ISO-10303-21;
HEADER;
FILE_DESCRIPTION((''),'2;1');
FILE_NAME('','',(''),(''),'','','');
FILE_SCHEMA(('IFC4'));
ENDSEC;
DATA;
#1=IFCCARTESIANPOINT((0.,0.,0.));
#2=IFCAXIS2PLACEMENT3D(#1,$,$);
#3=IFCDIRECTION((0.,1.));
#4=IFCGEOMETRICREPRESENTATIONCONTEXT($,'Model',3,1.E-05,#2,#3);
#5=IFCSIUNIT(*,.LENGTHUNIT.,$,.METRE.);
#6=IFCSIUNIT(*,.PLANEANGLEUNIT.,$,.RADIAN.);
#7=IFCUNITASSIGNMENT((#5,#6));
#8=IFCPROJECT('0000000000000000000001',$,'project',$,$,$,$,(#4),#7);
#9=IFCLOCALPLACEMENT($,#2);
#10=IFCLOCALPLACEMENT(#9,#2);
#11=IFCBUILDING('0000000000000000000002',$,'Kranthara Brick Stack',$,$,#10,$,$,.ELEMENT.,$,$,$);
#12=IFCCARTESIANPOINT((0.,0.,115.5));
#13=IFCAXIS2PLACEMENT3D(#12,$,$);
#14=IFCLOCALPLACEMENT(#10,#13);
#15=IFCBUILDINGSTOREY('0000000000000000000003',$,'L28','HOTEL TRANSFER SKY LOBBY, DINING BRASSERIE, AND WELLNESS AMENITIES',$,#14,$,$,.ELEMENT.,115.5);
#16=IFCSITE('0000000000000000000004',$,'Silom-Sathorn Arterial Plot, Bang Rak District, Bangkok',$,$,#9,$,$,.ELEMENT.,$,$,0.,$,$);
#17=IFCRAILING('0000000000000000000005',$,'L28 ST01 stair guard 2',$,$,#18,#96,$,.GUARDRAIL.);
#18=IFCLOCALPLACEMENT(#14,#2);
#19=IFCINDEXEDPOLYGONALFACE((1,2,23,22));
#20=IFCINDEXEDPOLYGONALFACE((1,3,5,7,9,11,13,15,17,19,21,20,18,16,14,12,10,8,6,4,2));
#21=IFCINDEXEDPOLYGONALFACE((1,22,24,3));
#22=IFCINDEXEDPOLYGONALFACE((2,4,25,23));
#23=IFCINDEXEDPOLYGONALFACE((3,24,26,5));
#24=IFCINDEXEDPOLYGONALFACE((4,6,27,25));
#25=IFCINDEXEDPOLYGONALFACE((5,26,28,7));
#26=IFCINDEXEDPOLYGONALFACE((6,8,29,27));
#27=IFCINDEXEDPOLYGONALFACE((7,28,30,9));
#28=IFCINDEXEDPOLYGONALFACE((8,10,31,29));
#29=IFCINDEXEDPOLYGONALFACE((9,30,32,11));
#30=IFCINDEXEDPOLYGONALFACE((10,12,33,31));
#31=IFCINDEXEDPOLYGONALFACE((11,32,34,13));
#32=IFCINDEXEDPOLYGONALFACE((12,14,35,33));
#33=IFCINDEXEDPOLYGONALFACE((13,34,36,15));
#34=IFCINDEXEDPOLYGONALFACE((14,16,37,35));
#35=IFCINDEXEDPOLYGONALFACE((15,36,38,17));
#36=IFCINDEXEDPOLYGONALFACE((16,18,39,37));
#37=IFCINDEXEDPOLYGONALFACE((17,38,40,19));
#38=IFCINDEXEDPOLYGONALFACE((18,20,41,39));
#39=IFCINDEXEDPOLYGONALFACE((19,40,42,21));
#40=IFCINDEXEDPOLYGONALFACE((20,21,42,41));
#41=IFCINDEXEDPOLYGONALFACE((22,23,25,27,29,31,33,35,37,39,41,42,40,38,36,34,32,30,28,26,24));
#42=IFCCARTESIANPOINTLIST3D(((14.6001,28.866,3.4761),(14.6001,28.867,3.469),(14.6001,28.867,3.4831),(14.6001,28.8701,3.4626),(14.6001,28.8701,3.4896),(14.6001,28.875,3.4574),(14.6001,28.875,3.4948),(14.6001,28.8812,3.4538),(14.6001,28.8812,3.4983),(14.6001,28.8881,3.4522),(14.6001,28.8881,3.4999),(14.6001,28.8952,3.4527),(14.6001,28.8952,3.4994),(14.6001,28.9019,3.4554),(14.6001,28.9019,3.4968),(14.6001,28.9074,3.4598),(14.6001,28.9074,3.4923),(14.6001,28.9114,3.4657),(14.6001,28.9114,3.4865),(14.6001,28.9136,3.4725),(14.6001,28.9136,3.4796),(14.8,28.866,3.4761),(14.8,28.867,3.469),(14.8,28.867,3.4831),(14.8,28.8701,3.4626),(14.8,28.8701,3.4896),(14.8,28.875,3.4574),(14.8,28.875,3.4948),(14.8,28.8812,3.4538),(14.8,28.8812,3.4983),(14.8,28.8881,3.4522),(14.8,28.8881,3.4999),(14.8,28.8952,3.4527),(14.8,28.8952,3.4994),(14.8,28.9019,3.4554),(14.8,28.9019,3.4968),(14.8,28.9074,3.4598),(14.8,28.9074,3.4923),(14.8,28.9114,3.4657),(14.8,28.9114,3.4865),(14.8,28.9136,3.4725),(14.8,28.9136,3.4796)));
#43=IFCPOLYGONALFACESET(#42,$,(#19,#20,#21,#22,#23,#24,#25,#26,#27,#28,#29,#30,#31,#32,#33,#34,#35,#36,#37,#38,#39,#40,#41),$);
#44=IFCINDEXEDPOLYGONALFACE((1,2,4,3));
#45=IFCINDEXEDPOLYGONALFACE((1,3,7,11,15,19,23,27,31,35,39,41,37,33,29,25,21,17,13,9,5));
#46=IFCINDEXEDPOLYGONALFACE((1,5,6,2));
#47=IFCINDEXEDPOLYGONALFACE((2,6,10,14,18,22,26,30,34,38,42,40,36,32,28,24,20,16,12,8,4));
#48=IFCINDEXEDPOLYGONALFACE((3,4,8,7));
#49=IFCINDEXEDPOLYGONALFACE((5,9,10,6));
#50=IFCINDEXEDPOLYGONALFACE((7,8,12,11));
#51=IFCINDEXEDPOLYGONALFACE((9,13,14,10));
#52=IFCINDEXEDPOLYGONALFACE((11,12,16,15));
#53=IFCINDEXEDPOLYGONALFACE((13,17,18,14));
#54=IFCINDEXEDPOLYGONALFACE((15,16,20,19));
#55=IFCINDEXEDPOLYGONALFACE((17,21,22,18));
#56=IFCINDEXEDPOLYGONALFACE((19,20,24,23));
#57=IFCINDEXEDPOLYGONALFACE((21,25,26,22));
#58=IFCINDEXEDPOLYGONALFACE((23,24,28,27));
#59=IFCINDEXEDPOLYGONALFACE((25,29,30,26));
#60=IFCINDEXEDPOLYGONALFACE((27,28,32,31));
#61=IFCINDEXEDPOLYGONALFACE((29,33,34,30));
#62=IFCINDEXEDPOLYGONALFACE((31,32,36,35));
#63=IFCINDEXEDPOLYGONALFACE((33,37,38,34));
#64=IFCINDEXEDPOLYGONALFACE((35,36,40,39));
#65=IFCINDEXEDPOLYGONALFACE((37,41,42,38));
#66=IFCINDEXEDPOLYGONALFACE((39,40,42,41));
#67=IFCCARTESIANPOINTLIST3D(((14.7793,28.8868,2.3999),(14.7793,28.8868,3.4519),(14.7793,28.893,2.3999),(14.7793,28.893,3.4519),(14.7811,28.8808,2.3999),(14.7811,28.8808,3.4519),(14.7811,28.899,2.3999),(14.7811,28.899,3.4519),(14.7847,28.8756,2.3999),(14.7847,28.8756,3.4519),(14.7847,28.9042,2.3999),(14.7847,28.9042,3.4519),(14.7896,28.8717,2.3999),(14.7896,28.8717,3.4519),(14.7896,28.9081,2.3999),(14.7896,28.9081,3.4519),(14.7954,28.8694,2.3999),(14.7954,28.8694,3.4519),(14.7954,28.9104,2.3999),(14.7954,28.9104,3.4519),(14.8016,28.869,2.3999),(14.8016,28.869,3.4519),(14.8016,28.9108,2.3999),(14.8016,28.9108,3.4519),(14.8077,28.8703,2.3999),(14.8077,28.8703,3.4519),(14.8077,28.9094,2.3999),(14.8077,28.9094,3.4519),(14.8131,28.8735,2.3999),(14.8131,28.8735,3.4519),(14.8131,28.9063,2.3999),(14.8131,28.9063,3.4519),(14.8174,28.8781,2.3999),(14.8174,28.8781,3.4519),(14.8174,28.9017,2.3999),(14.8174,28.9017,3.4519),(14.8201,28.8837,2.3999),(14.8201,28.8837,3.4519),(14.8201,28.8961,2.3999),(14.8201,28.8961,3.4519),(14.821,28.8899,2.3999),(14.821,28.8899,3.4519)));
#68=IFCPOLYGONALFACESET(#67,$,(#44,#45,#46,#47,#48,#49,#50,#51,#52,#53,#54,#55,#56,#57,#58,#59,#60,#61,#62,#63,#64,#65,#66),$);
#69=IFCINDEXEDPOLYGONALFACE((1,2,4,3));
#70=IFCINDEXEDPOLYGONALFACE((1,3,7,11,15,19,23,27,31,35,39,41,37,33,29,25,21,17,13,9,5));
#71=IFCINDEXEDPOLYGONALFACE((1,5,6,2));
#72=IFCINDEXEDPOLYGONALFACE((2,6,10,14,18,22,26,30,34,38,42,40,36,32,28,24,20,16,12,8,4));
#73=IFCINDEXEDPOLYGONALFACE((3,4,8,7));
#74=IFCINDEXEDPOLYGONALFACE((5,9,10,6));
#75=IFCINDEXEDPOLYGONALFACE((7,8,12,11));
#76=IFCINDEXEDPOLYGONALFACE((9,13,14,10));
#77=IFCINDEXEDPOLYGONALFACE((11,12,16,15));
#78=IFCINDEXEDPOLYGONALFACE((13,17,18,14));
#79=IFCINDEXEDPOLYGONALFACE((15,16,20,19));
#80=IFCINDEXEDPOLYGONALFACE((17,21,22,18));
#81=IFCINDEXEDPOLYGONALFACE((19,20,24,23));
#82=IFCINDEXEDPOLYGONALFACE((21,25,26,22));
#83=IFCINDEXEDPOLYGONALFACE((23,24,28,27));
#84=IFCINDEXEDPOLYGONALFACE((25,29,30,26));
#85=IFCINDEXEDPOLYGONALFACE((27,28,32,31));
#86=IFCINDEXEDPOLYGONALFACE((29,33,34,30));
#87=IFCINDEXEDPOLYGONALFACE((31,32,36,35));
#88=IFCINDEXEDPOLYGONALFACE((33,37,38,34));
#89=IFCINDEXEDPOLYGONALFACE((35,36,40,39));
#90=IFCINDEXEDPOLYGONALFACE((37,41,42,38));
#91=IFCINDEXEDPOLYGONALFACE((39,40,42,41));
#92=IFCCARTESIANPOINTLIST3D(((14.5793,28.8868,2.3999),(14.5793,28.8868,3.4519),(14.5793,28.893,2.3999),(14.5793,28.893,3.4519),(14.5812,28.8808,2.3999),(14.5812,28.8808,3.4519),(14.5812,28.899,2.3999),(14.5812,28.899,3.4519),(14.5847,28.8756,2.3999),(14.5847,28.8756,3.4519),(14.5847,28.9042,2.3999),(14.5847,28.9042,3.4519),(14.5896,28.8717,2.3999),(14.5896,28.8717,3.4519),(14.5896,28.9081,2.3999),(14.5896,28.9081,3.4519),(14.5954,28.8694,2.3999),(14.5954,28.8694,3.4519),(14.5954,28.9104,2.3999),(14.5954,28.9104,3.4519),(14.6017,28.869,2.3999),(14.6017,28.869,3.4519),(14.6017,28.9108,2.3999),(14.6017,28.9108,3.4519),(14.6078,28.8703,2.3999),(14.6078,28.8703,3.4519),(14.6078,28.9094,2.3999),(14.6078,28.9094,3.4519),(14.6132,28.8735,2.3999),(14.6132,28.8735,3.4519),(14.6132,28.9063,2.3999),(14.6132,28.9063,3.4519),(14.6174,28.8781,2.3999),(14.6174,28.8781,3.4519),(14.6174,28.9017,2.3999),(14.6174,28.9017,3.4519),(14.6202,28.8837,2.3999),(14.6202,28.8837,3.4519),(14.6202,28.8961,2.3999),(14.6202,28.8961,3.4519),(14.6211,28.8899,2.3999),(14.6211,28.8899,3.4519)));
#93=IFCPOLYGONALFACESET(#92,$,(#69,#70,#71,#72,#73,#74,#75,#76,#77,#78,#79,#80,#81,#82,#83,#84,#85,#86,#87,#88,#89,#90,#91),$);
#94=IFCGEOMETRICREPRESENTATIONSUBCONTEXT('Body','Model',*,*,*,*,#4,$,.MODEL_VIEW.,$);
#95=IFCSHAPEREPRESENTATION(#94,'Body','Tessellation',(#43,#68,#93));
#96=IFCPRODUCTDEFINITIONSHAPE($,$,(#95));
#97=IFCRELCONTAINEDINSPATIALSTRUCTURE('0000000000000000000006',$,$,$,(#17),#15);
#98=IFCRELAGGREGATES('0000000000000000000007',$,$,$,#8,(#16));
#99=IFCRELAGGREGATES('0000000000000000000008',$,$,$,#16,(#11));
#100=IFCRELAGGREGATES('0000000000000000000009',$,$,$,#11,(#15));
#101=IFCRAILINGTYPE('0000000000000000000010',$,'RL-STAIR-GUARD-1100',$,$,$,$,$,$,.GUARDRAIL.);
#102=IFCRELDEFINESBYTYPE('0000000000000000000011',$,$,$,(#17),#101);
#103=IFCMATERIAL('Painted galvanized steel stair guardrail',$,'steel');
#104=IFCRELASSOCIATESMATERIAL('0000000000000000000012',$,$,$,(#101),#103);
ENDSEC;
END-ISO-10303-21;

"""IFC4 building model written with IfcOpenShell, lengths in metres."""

from ifc_helpers import new_model, si_unit, direction, frame, origin, origin_2d, place, context, subcontext, project, spatial, circle, extrude, material, type_object, element, save


model = new_model("IFC4")

# Units and contexts
model_context = context("Model", 3, precision=1e-05, world=origin(), true_north=direction((0.0, 1.0)))
body_context = subcontext(model_context, "Body", "Model", "MODEL_VIEW")
ifc_project = project(units=[si_unit("LENGTHUNIT", "METRE"), si_unit("PLANEANGLEUNIT", "RADIAN")], contexts=[model_context])

# Site, building, storey
site_placement = place(None, origin())
site = spatial("IfcSite", under=ifc_project, at=site_placement, Name="Silom-Sathorn Arterial Plot, Bang Rak District, Bangkok", CompositionType="ELEMENT", RefElevation=0.0)
building_placement = place(site_placement, origin())
building = spatial("IfcBuilding", under=site, at=building_placement, Name="Kranthara Brick Stack", CompositionType="ELEMENT")
storey_placement = place(building_placement, frame((0.0, 0.0, 115.5)))
storey = spatial("IfcBuildingStorey", under=building, at=storey_placement, Name="L28", Description="HOTEL TRANSFER SKY LOBBY, DINING BRASSERIE, AND WELLNESS AMENITIES", CompositionType="ELEMENT", Elevation=115.5)

# Railing
ifc_material_1 = material(Name="Painted galvanized steel stair guardrail", Category="steel")
railing_type_1 = type_object("IfcRailingType", Name="RL-STAIR-GUARD-1100", PredefinedType="GUARDRAIL", material=ifc_material_1)
railing_1_placement = place(storey_placement, frame((14.8, 28.8899, 2.3999)))
element("IfcRailing", 1, at=railing_1_placement, inside=storey, type_object=railing_type_1, Name="L28 ST01 stair guard 2", PredefinedType="GUARDRAIL", context=body_context, shape_type="SweptSolid", body=[
    extrude(circle(Radius=0.0239, at=origin_2d()), frame((0.0, 0.0, 1.0762), z_axis=(-1.0, 0.0, 0.0), x_axis=(0.0, -1.0, 0.0)), (0.0, 0.0, 1.0), 0.2),
    extrude(circle(Radius=0.021, at=origin_2d()), origin(), (0.0, 0.0, 1.0), 1.052),
    extrude(circle(Radius=0.021, at=origin_2d()), frame((-0.2, 0.0, 0.0)), (0.0, 0.0, 1.0), 1.052),
])

save(model, "model.ifc")
